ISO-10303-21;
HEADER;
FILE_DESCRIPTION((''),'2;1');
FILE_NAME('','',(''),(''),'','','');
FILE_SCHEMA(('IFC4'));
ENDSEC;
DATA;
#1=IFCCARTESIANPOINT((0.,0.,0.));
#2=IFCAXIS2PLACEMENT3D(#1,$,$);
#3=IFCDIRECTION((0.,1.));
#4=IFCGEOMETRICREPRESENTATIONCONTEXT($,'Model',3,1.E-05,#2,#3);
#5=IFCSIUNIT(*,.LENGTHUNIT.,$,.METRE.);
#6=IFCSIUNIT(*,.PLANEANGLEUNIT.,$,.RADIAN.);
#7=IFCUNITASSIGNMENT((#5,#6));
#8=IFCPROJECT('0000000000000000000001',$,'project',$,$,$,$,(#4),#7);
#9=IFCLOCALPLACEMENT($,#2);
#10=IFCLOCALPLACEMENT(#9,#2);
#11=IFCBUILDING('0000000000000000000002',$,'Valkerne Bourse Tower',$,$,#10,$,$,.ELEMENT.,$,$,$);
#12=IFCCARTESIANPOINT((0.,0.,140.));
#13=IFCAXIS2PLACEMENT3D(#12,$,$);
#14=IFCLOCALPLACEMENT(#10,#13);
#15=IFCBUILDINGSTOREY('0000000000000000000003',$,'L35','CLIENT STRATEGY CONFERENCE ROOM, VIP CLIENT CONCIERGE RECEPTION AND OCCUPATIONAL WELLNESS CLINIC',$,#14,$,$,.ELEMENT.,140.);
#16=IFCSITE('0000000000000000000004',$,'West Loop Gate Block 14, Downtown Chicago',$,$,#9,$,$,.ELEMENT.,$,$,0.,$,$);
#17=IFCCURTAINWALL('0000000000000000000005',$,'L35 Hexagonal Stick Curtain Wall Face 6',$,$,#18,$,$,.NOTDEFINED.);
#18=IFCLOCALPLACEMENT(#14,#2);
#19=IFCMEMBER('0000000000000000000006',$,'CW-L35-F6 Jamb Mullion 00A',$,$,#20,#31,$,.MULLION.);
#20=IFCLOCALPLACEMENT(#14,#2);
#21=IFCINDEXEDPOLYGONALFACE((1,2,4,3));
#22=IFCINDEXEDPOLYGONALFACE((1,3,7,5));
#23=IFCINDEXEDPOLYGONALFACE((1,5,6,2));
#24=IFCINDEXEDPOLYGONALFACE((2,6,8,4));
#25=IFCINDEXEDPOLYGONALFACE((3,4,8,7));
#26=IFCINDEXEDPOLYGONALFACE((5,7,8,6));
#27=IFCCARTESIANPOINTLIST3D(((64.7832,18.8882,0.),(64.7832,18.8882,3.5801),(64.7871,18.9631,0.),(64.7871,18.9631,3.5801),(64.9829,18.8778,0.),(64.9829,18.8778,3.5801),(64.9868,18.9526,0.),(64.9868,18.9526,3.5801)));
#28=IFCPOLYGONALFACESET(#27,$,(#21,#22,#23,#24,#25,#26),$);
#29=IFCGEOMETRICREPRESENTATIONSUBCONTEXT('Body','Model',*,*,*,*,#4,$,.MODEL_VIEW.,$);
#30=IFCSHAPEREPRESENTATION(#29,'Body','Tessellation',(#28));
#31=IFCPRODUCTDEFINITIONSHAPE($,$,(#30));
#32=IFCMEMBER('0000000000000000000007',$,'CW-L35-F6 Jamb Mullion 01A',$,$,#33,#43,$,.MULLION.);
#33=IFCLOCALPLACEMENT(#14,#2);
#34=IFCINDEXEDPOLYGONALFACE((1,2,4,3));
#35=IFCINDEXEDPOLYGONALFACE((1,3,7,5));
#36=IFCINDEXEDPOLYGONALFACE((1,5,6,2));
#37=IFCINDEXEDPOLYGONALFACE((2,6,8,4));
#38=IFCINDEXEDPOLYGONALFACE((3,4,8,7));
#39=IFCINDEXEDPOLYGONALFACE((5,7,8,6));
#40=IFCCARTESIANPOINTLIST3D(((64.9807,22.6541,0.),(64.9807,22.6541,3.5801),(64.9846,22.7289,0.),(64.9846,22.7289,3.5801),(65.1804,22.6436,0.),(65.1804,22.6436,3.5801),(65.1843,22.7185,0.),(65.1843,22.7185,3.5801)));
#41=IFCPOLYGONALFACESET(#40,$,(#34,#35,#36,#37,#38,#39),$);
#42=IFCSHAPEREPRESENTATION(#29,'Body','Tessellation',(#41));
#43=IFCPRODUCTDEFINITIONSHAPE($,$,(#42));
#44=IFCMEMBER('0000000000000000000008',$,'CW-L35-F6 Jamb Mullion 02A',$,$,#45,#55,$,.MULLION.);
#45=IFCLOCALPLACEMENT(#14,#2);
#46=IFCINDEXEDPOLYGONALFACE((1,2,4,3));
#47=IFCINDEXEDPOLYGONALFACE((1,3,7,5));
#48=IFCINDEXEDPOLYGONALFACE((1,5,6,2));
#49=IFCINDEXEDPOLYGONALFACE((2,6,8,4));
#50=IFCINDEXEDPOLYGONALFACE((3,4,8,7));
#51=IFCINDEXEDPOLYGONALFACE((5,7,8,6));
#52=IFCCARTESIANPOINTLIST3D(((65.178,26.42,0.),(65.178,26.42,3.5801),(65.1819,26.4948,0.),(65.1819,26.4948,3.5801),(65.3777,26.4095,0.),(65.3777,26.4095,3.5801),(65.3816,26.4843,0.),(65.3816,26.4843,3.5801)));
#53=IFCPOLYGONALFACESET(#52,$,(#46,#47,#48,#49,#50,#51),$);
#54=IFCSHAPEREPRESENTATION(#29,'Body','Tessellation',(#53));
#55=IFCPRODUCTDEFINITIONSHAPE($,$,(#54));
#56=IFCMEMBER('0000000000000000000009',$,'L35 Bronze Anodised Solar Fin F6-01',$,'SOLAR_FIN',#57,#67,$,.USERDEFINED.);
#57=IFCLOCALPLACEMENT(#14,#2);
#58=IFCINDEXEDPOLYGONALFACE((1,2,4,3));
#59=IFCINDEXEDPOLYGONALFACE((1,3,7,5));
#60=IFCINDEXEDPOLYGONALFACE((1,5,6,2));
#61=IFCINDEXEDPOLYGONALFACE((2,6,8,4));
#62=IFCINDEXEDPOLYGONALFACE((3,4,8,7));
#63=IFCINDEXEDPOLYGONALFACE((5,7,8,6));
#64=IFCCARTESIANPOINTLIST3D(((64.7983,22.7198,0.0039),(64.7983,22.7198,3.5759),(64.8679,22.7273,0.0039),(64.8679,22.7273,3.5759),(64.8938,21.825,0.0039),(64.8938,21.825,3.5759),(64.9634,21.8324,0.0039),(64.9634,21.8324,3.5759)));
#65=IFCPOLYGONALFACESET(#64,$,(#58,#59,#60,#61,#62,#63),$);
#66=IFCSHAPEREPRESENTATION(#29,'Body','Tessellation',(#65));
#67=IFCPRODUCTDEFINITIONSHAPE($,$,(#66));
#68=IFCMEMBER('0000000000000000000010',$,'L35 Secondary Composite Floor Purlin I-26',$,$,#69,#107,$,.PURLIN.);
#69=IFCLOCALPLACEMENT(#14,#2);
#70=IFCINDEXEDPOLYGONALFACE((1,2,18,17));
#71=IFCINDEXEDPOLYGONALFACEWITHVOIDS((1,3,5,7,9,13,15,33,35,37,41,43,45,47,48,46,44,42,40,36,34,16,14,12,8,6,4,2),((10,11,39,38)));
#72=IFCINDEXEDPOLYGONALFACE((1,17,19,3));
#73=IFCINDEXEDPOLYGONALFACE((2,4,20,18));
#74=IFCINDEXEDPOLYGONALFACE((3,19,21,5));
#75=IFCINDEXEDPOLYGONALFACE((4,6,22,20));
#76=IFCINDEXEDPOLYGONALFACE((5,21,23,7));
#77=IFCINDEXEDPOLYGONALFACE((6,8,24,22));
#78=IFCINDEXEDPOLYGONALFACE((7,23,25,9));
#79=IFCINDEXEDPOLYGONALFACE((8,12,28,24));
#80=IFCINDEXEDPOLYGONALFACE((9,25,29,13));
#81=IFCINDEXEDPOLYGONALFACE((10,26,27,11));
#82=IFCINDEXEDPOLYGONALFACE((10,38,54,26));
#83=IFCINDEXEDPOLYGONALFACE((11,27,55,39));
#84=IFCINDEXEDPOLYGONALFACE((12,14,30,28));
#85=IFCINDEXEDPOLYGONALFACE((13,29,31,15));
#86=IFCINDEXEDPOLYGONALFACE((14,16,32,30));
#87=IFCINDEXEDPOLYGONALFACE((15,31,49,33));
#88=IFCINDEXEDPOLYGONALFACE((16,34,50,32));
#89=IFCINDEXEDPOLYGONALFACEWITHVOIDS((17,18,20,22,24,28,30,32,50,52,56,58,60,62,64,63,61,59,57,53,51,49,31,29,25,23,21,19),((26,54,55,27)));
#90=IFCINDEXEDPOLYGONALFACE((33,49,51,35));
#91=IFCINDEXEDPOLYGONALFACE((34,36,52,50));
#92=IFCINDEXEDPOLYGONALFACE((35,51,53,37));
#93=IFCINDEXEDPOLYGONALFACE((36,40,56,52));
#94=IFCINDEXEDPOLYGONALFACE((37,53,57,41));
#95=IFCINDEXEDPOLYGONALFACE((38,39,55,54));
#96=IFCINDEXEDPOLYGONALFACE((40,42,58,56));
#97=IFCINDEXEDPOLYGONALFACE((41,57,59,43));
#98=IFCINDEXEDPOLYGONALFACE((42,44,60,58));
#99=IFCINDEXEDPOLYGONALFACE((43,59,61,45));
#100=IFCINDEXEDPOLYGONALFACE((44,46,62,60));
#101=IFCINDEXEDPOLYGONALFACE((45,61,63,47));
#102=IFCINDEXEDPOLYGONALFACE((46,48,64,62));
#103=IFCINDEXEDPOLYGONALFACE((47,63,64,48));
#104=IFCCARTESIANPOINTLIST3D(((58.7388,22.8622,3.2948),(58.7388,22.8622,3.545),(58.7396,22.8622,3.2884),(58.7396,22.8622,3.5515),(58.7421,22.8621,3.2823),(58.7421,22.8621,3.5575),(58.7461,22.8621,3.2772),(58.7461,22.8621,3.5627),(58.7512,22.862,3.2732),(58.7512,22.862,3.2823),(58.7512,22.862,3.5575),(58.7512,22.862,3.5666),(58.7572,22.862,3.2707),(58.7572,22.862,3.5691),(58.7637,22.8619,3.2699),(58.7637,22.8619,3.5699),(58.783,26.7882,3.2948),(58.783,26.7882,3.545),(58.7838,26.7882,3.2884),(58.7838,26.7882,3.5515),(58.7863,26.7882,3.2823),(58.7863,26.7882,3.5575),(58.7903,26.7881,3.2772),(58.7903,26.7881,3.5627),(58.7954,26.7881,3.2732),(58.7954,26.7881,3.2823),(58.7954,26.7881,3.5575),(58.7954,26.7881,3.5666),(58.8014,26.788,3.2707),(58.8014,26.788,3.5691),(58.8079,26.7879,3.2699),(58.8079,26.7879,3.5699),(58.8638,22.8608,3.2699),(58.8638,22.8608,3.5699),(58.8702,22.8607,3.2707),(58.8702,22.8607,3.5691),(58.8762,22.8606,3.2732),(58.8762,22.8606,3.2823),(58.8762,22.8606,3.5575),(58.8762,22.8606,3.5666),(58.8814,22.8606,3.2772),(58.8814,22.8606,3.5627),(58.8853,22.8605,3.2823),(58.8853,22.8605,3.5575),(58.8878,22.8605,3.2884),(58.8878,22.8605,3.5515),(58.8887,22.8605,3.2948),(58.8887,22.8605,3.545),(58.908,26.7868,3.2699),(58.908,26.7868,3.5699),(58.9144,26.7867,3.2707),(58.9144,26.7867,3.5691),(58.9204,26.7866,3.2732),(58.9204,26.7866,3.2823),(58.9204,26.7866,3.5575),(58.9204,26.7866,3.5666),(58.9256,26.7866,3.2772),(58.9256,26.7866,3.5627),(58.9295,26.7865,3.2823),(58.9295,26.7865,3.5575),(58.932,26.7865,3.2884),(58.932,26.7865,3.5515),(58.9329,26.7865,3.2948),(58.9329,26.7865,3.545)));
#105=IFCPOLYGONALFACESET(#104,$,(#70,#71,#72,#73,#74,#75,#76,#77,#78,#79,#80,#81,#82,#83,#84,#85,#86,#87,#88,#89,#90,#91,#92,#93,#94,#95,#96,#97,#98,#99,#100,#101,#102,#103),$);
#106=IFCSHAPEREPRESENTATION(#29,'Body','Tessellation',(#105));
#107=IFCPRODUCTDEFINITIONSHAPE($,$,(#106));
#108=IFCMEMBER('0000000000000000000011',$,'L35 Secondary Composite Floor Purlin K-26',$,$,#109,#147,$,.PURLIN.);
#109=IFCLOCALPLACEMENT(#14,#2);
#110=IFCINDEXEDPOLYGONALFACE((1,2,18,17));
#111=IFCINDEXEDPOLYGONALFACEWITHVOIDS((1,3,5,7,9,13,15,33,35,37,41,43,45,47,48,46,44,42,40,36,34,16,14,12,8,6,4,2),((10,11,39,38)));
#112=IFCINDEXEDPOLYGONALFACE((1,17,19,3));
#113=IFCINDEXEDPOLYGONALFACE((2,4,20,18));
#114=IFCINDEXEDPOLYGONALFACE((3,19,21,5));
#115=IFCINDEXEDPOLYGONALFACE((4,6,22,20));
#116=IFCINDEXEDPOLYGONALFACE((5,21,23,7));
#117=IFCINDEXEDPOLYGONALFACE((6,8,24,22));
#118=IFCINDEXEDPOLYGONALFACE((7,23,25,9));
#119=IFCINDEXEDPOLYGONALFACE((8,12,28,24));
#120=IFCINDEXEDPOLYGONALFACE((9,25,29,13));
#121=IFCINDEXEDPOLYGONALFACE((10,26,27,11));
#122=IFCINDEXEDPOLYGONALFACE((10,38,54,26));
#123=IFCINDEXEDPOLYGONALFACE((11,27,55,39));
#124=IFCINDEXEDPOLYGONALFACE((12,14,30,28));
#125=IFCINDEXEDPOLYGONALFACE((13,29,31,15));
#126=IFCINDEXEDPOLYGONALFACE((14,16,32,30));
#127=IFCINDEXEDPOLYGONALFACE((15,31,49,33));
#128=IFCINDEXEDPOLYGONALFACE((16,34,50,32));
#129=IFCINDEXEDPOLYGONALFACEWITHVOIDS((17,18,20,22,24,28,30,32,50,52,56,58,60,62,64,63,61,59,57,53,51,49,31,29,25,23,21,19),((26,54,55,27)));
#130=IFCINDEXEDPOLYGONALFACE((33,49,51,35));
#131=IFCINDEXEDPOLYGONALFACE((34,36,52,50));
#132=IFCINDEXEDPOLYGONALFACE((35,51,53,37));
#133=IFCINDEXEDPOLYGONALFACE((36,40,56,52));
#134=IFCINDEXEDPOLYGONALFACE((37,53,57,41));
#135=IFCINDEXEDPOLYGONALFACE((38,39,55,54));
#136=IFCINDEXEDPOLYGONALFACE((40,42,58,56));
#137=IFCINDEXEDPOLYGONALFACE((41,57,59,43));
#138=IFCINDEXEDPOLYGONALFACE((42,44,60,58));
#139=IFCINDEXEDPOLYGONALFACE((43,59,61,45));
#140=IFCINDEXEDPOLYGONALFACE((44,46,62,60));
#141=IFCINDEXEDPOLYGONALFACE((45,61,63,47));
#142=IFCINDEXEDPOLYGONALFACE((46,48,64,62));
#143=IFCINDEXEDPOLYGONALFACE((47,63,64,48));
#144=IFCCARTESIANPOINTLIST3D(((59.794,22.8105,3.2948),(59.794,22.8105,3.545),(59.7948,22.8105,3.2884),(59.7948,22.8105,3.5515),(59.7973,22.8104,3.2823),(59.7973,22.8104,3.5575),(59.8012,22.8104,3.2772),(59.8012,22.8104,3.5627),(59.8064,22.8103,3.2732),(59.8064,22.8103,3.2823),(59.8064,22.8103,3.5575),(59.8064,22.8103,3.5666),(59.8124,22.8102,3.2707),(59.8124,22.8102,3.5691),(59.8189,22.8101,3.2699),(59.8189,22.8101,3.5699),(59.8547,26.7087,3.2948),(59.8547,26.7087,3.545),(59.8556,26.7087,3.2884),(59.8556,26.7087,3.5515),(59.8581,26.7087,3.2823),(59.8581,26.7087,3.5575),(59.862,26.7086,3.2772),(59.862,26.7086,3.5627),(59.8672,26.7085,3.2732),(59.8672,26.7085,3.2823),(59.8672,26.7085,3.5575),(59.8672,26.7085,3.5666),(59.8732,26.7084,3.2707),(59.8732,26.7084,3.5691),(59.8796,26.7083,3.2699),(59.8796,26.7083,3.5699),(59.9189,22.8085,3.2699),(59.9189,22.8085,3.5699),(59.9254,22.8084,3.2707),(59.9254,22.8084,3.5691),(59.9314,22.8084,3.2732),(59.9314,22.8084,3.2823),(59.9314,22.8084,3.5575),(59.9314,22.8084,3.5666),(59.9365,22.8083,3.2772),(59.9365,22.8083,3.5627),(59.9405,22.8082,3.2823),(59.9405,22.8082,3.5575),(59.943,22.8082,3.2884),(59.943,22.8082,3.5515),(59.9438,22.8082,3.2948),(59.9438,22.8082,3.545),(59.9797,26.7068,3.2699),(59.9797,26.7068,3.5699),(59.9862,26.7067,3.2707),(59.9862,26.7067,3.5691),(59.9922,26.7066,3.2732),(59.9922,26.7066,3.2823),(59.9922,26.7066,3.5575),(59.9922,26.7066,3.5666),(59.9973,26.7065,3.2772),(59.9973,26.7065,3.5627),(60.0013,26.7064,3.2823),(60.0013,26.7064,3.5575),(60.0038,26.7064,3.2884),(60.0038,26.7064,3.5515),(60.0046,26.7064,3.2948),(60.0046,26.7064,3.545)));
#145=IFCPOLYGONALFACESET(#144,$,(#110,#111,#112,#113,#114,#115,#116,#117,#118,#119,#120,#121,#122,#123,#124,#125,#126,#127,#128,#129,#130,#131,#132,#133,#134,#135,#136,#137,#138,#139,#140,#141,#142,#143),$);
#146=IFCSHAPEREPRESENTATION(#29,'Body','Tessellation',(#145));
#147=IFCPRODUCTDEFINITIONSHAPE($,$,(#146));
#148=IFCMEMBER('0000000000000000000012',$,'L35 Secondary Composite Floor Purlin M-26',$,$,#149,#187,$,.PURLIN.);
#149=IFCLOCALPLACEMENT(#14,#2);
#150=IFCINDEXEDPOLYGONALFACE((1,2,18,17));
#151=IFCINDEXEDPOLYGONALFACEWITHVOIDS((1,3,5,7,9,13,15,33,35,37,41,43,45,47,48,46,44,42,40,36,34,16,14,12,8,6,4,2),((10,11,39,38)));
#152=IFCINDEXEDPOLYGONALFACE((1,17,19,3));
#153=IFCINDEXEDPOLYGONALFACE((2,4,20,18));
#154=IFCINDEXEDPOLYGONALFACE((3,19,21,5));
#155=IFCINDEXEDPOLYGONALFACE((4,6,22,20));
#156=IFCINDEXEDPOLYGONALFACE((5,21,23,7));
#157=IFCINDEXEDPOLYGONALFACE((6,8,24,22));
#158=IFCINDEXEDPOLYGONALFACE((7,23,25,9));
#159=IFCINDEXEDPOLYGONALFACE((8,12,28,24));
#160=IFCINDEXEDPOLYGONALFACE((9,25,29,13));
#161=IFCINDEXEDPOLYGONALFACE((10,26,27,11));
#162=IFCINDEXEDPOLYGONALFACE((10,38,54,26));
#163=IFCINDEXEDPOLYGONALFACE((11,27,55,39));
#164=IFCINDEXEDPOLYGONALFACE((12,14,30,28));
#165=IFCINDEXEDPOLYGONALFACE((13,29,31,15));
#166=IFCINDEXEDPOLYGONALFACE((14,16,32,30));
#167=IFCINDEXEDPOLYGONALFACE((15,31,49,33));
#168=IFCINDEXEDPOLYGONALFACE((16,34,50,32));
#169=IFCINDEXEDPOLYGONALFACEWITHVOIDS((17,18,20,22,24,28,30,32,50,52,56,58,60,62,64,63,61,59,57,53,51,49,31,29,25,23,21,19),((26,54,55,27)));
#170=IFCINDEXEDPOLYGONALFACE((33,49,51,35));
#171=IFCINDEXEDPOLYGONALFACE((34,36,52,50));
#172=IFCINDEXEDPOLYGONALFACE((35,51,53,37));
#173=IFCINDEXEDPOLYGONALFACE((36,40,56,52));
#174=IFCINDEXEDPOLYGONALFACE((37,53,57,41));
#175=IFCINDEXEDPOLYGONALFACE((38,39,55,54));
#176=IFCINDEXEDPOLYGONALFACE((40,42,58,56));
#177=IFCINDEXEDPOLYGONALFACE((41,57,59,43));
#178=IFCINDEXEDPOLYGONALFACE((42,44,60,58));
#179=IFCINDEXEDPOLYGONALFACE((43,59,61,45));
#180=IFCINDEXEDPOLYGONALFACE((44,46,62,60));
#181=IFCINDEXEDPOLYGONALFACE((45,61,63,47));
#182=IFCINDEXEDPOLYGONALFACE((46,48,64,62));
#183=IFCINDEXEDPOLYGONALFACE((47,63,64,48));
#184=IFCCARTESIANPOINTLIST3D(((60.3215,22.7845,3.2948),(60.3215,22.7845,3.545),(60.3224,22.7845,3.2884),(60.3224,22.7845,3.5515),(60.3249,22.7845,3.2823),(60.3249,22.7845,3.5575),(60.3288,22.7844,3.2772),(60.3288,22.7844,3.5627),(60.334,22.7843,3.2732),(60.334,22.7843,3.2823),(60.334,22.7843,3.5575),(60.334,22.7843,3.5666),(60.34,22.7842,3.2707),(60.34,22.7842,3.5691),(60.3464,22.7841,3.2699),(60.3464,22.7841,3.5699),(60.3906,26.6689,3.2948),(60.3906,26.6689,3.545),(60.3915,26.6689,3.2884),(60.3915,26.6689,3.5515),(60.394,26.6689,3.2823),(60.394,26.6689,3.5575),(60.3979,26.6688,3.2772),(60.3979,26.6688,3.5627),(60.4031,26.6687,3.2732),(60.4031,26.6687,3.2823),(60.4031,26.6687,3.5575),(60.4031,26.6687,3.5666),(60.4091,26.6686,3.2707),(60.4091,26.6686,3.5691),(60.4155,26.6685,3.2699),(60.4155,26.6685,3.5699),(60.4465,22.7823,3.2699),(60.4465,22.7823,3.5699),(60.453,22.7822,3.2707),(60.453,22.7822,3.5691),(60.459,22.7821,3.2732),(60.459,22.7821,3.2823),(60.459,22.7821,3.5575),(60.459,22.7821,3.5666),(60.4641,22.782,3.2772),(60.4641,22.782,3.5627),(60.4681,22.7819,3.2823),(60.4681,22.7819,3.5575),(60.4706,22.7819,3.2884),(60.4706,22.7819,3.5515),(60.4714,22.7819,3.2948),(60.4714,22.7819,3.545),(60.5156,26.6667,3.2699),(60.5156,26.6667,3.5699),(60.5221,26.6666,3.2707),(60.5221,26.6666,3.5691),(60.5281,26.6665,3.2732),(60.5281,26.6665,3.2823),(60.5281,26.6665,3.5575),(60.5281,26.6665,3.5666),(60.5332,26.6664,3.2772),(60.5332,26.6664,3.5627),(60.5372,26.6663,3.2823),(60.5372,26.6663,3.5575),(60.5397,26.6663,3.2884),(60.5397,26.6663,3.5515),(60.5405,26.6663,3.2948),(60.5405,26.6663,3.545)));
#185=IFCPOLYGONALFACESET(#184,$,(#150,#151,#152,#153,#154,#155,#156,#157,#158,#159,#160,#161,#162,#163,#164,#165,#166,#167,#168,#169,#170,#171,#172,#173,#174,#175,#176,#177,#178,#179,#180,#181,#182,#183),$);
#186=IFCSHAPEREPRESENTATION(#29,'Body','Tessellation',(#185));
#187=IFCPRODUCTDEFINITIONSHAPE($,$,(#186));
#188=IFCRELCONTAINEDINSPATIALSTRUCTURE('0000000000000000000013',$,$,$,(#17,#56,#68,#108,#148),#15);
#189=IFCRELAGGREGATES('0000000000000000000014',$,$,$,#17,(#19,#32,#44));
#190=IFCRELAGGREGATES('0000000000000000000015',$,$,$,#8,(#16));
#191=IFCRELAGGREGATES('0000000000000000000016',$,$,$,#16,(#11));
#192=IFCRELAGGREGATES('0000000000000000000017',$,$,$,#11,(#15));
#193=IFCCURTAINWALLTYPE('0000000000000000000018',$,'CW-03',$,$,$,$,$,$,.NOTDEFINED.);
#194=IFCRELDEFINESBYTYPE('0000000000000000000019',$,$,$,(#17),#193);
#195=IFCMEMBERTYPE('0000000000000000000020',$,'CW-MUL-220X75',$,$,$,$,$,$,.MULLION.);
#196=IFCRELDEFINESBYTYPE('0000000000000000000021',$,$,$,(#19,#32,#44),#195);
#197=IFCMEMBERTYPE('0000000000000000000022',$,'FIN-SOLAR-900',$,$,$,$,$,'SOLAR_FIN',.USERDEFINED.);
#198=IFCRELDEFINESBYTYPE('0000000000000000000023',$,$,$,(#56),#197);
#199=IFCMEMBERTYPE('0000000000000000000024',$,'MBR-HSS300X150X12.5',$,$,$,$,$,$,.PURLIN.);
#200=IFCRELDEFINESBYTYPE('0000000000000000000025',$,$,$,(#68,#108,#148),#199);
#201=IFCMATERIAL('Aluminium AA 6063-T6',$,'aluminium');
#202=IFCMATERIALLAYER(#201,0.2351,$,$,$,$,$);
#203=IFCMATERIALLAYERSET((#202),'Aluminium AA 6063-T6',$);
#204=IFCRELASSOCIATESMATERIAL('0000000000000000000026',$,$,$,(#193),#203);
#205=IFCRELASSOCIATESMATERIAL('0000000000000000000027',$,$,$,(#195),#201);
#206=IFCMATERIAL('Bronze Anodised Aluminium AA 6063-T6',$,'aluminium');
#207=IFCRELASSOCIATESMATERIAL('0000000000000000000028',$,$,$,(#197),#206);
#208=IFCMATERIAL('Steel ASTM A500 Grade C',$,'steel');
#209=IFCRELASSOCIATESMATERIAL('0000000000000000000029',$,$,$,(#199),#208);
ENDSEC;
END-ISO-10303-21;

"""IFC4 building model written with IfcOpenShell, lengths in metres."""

from ifc_helpers import new_model, si_unit, direction, frame, origin, origin_2d, place, context, subcontext, project, spatial, rectangle, hollow_rectangle, extrude, material, layer, layer_set, material_profile, profile_set, type_object, element, aggregate, save


model = new_model("IFC4")

# Units and contexts
model_context = context("Model", 3, precision=1e-05, world=origin(), true_north=direction((0.0, 1.0)))
body_context = subcontext(model_context, "Body", "Model", "MODEL_VIEW")
ifc_project = project(units=[si_unit("LENGTHUNIT", "METRE"), si_unit("PLANEANGLEUNIT", "RADIAN")], contexts=[model_context])

# Site, building, storey
site_placement = place(None, origin())
site = spatial("IfcSite", under=ifc_project, at=site_placement, Name="West Loop Gate Block 14, Downtown Chicago", CompositionType="ELEMENT", RefElevation=0.0)
building_placement = place(site_placement, origin())
building = spatial("IfcBuilding", under=site, at=building_placement, Name="Valkerne Bourse Tower", CompositionType="ELEMENT")
storey_placement = place(building_placement, frame((0.0, 0.0, 140.0)))
storey = spatial("IfcBuildingStorey", under=building, at=storey_placement, Name="L35", Description="CLIENT STRATEGY CONFERENCE ROOM, VIP CLIENT CONCIERGE RECEPTION AND OCCUPATIONAL WELLNESS CLINIC", CompositionType="ELEMENT", Elevation=140.0)

# Curtain wall, members
ifc_material_1 = material(Name="Aluminium AA 6063-T6", Category="aluminium")
ifc_layer_1 = layer(ifc_material_1, 0.2351)
ifc_layer_set_1 = layer_set([ifc_layer_1], Name="Aluminium AA 6063-T6")
curtain_wall_type = type_object("IfcCurtainWallType", Name="CW-03", PredefinedType="NOTDEFINED", material=ifc_layer_set_1)
curtain_wall_placement = place(storey_placement, origin())
curtain_wall = element("IfcCurtainWall", 1, at=curtain_wall_placement, inside=storey, type_object=curtain_wall_type, Name="L35 Hexagonal Stick Curtain Wall Face 6", PredefinedType="NOTDEFINED")
ifc_material_profile_1 = material_profile(ifc_material_1, rectangle(XDim=0.075, YDim=0.2, at=origin_2d()), Name="CWM-75X200")
ifc_profile_set_1 = profile_set([ifc_material_profile_1], Name="Aluminium AA 6063-T6")
member_type_1 = type_object("IfcMemberType", Name="CW-MUL-220X75", PredefinedType="MULLION", material=ifc_profile_set_1)
member_1_placement = place(storey_placement, frame((64.885, 18.9204, 0.0), z_axis=(0.0, 0.0, 1.0), x_axis=(0.052347, 0.998629, 0.0)))
member_1 = element("IfcMember", 2, at=member_1_placement, type_object=member_type_1, Name="CW-L35-F6 Jamb Mullion 00A", PredefinedType="MULLION", context=body_context, shape_type="SweptSolid", body=[
    extrude(rectangle(XDim=0.075, YDim=0.2, at=origin_2d()), origin(), (0.0, 0.0, 1.0), 3.5801),
])
member_2_placement = place(storey_placement, frame((65.0825, 22.6863, 0.0), z_axis=(0.0, 0.0, 1.0), x_axis=(0.052346, 0.998629, 0.0)))
member_2 = element("IfcMember", 3, at=member_2_placement, type_object=member_type_1, Name="CW-L35-F6 Jamb Mullion 01A", PredefinedType="MULLION", context=body_context, shape_type="SweptSolid", body=[
    extrude(rectangle(XDim=0.075, YDim=0.2, at=origin_2d()), origin(), (0.0, 0.0, 1.0), 3.5801),
])
member_3_placement = place(storey_placement, frame((65.2798, 26.4521, 0.0), z_axis=(0.0, 0.0, 1.0), x_axis=(0.052321, 0.99863, 0.0)))
member_3 = element("IfcMember", 4, at=member_3_placement, type_object=member_type_1, Name="CW-L35-F6 Jamb Mullion 02A", PredefinedType="MULLION", context=body_context, shape_type="SweptSolid", body=[
    extrude(rectangle(XDim=0.075, YDim=0.2, at=origin_2d()), origin(), (0.0, 0.0, 1.0), 3.5801),
])

# Members
ifc_material_2 = material(Name="Bronze Anodised Aluminium AA 6063-T6", Category="aluminium")
ifc_material_profile_2 = material_profile(ifc_material_2, rectangle(XDim=0.0701, YDim=0.8999, at=origin_2d()), Name="FIN-70X900")
ifc_profile_set_2 = profile_set([ifc_material_profile_2], Name="Bronze Anodised Aluminium AA 6063-T6")
member_type_2 = type_object("IfcMemberType", Name="FIN-SOLAR-900", ElementType="SOLAR_FIN", PredefinedType="USERDEFINED", material=ifc_profile_set_2)
member_4_placement = place(storey_placement, frame((64.8809, 22.2761, 0.0039), z_axis=(0.0, 0.0, 1.0), x_axis=(0.994353, 0.106122, 0.0)))
element("IfcMember", 5, at=member_4_placement, inside=storey, type_object=member_type_2, Name="L35 Bronze Anodised Solar Fin F6-01", ObjectType="SOLAR_FIN", PredefinedType="USERDEFINED", context=body_context, shape_type="SweptSolid", body=[
    extrude(rectangle(XDim=0.0701, YDim=0.8999, at=origin_2d()), origin(), (0.0, 0.0, 1.0), 3.572),
])
ifc_material_3 = material(Name="Steel ASTM A500 Grade C", Category="steel")
ifc_material_profile_3 = material_profile(ifc_material_3, hollow_rectangle(XDim=0.1499, YDim=0.3, WallThickness=0.0125, OuterFilletRadius=0.0249, at=origin_2d()), Name="HSS300X150X12.5")
ifc_profile_set_3 = profile_set([ifc_material_profile_3], Name="Steel ASTM A500 Grade C")
member_type_3 = type_object("IfcMemberType", Name="MBR-HSS300X150X12.5", PredefinedType="PURLIN", material=ifc_profile_set_3)
member_5_placement = place(storey_placement, frame((58.8137, 22.8613, 3.4199), z_axis=(0.011255, 0.999937, 0.0), x_axis=(-0.999937, 0.011255, 0.0)))
element("IfcMember", 6, at=member_5_placement, inside=storey, type_object=member_type_3, Name="L35 Secondary Composite Floor Purlin I-26", PredefinedType="PURLIN", context=body_context, shape_type="SweptSolid", body=[
    extrude(hollow_rectangle(XDim=0.1499, YDim=0.3, WallThickness=0.0125, OuterFilletRadius=0.0249, at=origin_2d()), origin(), (0.0, 0.0, 1.0), 3.9263),
])
member_6_placement = place(storey_placement, frame((59.8689, 22.8093, 3.4199), z_axis=(0.015593, 0.999878, 0.0), x_axis=(-0.999878, 0.015593, 0.0)))
element("IfcMember", 7, at=member_6_placement, inside=storey, type_object=member_type_3, Name="L35 Secondary Composite Floor Purlin K-26", PredefinedType="PURLIN", context=body_context, shape_type="SweptSolid", body=[
    extrude(hollow_rectangle(XDim=0.1499, YDim=0.3, WallThickness=0.0125, OuterFilletRadius=0.0249, at=origin_2d()), origin(), (0.0, 0.0, 1.0), 3.8987),
])
member_7_placement = place(storey_placement, frame((60.3965, 22.7832, 3.4199), z_axis=(0.017785, 0.999842, 0.0), x_axis=(-0.999842, 0.017785, 0.0)))
element("IfcMember", 8, at=member_7_placement, inside=storey, type_object=member_type_3, Name="L35 Secondary Composite Floor Purlin M-26", PredefinedType="PURLIN", context=body_context, shape_type="SweptSolid", body=[
    extrude(hollow_rectangle(XDim=0.1499, YDim=0.3, WallThickness=0.0125, OuterFilletRadius=0.0249, at=origin_2d()), origin(), (0.0, 0.0, 1.0), 3.885),
])

aggregate(curtain_wall, [member_1, member_2, member_3])

save(model, "model.ifc")
